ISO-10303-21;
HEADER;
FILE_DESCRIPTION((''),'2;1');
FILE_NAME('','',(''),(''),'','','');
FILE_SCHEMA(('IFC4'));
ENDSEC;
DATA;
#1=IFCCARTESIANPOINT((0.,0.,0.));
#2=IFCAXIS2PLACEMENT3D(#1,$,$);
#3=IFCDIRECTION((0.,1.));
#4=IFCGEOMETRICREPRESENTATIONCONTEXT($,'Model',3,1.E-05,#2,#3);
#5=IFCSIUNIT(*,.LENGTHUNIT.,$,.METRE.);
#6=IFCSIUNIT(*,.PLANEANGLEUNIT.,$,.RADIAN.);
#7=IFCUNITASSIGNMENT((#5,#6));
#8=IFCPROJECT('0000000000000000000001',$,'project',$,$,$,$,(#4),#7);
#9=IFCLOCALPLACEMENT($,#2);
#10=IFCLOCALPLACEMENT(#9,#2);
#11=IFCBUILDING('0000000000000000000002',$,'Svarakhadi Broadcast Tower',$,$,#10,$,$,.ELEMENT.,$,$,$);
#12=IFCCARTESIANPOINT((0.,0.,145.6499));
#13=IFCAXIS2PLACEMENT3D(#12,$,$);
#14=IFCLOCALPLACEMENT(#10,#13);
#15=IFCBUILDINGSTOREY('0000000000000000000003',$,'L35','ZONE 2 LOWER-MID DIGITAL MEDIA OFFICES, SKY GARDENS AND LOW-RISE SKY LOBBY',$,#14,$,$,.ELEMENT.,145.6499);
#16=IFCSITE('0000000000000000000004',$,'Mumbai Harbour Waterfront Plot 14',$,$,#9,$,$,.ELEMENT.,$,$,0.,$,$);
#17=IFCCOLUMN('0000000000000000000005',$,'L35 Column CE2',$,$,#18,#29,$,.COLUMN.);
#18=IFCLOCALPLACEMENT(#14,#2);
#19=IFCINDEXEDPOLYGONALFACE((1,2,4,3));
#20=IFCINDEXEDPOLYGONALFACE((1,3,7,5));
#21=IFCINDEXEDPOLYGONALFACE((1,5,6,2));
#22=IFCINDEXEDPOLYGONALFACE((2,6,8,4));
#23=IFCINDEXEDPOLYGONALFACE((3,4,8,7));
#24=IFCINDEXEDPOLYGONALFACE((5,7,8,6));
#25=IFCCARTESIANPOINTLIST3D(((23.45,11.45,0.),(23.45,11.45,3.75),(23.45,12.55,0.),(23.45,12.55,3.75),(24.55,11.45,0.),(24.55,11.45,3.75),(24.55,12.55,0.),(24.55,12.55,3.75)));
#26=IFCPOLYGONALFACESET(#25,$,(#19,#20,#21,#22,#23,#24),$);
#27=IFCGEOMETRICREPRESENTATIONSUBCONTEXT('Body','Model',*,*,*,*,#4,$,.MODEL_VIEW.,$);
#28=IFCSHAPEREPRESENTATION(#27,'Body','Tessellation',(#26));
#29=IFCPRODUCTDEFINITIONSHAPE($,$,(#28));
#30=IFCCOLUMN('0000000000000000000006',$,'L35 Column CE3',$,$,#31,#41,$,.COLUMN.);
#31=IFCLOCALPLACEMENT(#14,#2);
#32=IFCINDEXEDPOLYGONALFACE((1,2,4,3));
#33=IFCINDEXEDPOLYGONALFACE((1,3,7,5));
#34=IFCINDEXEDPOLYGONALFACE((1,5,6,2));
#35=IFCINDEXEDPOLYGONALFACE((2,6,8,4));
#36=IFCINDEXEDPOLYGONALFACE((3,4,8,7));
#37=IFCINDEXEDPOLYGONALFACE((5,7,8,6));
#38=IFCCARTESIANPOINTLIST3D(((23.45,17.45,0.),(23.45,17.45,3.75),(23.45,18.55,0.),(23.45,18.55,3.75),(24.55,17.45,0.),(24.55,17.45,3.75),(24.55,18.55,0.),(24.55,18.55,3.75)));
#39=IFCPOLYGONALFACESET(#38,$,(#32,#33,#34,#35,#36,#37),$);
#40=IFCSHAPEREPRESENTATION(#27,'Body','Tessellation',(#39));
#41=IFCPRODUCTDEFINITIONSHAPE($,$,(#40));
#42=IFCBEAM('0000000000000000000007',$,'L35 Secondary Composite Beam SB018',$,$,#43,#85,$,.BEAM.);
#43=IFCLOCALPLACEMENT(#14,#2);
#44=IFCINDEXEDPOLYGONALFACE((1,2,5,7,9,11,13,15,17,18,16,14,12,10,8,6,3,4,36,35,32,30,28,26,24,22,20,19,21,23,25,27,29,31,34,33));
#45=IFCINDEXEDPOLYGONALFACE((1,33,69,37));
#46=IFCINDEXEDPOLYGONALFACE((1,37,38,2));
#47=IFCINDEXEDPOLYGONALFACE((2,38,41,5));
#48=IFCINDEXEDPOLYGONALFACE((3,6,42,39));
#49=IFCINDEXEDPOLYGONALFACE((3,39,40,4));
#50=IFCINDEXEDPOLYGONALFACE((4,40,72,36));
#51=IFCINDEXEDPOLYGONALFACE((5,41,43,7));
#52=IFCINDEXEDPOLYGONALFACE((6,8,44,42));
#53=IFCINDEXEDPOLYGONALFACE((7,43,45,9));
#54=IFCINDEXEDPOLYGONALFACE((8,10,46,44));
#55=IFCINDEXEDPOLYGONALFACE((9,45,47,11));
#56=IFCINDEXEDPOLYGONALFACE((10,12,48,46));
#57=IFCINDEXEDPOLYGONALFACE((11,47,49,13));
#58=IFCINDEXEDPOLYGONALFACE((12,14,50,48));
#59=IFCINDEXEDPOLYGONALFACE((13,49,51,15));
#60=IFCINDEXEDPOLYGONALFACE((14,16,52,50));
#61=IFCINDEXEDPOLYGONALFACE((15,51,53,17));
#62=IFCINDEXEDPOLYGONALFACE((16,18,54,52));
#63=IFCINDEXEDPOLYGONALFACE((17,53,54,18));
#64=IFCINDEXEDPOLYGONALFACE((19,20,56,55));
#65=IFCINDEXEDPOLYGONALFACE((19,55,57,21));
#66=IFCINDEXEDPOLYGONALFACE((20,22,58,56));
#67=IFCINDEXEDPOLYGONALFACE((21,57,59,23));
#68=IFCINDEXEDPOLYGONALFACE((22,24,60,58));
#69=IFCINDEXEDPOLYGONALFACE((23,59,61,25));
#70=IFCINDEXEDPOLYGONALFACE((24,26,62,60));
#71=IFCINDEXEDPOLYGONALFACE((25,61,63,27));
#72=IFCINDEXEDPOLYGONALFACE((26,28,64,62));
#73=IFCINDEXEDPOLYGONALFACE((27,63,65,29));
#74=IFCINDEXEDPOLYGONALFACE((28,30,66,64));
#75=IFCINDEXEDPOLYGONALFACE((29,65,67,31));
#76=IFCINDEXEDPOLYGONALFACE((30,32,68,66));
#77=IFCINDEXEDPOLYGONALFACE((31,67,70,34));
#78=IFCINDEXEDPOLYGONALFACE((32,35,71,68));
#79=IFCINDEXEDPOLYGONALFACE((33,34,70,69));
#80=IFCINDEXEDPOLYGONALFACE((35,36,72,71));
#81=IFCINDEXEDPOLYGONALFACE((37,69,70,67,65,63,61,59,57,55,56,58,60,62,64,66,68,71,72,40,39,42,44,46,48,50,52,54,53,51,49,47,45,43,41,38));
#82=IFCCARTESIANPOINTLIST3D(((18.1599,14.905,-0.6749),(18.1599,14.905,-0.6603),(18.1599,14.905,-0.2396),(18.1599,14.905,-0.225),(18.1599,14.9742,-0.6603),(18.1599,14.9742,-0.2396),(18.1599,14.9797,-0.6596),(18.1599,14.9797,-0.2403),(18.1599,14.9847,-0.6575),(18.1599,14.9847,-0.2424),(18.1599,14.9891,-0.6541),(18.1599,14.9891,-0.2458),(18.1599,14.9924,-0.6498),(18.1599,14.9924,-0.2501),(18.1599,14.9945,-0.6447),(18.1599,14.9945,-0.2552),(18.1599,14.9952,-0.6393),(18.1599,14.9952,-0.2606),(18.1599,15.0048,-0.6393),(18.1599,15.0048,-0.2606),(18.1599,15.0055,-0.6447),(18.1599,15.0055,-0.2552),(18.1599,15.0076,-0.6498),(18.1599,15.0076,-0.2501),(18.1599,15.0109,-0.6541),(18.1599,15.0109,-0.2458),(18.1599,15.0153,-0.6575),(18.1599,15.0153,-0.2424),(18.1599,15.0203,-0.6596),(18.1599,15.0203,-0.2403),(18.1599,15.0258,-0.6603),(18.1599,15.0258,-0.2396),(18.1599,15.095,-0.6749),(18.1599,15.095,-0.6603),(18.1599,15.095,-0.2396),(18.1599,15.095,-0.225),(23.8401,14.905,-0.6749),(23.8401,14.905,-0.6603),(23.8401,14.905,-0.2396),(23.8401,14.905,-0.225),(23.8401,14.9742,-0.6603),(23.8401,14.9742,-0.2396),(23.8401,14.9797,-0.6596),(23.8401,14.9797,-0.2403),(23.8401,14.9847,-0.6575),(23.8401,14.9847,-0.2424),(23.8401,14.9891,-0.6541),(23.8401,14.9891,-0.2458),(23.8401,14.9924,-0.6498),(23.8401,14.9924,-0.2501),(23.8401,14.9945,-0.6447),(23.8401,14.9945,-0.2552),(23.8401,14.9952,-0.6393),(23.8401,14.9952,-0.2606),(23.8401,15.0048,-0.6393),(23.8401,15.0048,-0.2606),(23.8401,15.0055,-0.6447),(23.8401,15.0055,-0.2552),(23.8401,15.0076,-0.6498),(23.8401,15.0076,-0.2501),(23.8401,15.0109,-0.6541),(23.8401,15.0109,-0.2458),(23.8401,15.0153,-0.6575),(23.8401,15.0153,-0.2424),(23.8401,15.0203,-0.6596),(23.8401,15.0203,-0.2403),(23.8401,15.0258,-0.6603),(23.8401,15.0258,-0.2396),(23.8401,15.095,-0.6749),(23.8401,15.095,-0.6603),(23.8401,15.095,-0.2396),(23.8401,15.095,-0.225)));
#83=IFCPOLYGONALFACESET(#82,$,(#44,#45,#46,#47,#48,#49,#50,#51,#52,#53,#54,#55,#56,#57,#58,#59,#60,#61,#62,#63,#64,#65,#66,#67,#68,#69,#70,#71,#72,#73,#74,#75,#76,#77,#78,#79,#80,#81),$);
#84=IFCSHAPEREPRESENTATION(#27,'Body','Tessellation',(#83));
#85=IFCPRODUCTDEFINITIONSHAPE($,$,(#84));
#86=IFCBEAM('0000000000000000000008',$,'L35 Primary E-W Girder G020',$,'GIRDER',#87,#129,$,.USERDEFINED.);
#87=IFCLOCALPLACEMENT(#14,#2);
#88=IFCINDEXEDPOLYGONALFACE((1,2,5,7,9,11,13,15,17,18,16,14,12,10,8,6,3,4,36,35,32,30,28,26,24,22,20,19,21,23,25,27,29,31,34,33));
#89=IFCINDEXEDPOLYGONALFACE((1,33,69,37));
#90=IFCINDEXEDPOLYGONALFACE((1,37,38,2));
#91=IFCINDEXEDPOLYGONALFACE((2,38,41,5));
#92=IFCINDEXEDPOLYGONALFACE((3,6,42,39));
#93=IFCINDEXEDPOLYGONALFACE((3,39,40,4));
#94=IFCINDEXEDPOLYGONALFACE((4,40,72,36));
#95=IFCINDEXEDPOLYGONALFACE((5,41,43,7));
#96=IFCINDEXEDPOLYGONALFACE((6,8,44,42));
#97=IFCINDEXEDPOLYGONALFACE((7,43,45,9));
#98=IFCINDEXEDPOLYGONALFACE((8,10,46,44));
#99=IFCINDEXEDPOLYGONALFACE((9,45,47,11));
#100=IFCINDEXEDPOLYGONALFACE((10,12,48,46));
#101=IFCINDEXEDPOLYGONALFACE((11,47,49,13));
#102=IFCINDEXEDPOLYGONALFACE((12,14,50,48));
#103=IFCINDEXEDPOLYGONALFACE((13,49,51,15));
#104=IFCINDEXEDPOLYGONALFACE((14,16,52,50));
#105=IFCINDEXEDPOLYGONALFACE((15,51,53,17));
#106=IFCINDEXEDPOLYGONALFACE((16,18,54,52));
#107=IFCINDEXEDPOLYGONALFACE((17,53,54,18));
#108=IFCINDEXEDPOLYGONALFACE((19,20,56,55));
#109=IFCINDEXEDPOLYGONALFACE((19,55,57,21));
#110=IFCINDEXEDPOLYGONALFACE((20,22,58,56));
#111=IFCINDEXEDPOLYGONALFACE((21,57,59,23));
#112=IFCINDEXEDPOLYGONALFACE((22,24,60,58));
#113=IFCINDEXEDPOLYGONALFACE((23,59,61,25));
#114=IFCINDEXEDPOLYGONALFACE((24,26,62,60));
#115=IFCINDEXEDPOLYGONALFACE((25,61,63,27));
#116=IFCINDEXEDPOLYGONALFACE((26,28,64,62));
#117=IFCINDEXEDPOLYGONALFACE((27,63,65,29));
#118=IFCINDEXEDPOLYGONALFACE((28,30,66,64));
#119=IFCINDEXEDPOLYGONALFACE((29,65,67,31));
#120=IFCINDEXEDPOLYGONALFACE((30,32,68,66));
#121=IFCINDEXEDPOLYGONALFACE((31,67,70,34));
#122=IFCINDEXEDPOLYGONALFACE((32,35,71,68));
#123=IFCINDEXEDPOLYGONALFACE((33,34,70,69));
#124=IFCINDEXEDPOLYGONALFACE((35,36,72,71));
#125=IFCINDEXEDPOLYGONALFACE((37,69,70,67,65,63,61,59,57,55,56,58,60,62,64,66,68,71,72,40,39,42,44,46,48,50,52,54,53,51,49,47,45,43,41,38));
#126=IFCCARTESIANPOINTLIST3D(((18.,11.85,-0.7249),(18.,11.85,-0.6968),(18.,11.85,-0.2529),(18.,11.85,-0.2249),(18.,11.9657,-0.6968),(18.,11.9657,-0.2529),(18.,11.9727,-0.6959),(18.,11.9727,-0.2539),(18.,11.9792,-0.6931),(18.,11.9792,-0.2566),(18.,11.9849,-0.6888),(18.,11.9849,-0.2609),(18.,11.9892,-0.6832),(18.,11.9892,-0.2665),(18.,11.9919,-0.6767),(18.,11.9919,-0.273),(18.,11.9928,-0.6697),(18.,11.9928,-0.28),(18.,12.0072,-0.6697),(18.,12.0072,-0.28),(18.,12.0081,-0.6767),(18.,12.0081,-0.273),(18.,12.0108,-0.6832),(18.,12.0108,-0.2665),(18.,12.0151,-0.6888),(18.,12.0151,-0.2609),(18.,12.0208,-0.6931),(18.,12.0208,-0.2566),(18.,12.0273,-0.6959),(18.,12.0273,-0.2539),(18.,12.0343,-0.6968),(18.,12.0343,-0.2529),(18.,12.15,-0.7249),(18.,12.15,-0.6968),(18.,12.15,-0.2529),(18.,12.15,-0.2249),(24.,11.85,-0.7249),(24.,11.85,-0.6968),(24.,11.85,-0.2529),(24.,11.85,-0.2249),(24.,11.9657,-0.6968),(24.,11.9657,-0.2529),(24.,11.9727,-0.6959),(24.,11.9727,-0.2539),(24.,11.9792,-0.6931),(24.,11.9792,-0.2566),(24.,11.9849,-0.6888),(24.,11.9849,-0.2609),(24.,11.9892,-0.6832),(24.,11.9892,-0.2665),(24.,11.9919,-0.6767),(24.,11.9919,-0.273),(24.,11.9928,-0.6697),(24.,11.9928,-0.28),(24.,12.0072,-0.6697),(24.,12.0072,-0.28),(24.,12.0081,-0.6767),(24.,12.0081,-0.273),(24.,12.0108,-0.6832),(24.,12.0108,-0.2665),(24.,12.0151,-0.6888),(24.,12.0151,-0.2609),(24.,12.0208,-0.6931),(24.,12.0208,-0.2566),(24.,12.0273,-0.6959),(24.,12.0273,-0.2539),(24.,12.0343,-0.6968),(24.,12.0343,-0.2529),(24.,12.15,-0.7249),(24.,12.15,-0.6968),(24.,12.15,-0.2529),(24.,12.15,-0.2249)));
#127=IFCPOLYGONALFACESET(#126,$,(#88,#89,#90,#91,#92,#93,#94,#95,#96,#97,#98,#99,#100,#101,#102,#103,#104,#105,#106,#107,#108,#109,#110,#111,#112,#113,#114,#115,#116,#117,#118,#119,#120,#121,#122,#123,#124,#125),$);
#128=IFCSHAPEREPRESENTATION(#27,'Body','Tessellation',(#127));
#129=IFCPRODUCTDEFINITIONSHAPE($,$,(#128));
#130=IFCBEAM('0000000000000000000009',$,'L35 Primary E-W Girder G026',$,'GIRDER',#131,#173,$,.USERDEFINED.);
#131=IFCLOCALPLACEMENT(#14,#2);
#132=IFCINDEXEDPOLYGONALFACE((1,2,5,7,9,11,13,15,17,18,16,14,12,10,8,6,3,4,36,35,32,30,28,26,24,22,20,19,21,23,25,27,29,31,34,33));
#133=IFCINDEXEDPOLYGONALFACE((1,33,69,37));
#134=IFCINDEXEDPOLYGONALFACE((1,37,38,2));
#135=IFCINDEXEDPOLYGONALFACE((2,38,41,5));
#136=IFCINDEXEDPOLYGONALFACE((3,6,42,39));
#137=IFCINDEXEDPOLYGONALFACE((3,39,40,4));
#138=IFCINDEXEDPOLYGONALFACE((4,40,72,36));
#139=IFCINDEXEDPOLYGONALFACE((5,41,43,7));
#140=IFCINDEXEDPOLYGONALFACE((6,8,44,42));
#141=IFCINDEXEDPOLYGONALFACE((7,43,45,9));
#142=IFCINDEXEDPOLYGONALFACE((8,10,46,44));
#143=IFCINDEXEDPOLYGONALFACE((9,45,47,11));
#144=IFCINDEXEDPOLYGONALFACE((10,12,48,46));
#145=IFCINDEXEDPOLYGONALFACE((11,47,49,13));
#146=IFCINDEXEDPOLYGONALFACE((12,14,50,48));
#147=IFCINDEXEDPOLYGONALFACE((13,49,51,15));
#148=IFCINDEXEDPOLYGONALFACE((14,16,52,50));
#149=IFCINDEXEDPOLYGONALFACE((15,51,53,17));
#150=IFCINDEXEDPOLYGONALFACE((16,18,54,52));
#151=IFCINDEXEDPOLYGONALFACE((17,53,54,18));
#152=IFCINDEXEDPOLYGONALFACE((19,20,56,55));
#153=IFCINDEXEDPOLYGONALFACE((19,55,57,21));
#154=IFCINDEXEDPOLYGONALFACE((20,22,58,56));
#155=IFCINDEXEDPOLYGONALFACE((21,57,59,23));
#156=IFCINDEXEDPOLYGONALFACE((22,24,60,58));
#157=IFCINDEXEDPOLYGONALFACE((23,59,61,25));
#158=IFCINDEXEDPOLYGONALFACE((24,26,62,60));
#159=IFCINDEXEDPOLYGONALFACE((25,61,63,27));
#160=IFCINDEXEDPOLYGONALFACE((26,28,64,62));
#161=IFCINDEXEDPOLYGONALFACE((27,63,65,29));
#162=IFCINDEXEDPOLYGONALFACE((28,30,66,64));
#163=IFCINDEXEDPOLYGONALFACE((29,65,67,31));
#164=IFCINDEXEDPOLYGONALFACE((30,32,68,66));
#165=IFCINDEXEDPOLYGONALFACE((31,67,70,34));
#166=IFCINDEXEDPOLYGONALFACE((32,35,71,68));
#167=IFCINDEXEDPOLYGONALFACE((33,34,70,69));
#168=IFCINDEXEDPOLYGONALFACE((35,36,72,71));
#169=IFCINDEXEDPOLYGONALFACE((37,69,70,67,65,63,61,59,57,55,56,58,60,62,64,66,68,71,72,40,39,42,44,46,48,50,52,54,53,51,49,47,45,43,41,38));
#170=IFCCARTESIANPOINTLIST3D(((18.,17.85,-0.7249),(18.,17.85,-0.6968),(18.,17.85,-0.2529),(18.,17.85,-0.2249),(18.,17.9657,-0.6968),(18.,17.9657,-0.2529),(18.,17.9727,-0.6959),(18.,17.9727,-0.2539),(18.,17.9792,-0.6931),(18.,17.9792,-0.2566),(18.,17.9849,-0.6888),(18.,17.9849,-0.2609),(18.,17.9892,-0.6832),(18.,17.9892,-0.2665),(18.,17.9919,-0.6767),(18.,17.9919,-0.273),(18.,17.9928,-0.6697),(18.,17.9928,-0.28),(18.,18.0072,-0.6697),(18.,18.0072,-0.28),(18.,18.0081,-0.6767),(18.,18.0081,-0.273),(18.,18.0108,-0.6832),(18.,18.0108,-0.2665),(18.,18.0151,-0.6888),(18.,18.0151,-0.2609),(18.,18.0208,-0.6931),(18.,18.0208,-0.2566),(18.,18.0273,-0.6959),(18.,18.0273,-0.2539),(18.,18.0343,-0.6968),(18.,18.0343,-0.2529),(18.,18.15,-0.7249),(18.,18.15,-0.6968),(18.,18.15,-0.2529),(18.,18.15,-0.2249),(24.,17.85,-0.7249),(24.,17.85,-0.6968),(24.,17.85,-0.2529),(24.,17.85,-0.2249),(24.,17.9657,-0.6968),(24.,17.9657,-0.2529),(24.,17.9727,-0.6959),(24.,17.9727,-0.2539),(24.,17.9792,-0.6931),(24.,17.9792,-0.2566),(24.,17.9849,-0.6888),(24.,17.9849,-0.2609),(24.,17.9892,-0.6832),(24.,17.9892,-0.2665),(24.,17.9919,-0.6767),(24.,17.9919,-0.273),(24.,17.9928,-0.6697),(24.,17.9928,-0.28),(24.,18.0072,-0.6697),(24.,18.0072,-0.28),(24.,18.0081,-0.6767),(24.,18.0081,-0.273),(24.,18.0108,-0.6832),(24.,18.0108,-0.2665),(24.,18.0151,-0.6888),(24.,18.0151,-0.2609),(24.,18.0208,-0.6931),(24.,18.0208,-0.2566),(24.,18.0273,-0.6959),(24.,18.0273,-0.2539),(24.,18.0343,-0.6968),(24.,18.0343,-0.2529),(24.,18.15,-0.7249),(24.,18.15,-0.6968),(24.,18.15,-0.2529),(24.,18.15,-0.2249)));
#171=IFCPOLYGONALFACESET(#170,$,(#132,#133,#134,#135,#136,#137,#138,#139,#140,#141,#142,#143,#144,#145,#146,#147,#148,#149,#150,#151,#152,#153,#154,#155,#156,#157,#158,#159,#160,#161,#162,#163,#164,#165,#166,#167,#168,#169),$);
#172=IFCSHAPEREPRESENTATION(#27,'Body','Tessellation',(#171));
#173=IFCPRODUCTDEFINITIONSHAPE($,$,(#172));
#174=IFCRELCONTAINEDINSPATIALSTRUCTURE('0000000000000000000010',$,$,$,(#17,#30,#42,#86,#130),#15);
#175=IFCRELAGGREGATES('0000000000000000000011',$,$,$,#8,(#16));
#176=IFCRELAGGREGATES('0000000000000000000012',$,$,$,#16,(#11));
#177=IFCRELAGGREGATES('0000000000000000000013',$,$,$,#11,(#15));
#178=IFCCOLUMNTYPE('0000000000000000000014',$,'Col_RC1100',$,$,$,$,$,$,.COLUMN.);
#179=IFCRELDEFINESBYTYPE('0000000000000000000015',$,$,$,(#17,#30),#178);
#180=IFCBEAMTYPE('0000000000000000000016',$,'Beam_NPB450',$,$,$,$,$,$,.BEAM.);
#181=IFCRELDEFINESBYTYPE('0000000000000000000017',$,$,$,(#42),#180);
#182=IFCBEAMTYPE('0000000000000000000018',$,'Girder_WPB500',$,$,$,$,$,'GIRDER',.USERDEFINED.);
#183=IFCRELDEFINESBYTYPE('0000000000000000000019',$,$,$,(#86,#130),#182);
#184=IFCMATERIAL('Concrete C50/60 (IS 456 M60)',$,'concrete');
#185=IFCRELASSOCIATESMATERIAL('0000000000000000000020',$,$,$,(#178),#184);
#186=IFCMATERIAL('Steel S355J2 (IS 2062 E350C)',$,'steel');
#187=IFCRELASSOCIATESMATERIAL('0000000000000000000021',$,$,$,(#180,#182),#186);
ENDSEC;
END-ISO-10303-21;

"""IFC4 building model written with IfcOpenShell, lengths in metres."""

from ifc_helpers import new_model, si_unit, direction, frame, origin, origin_2d, place, context, subcontext, project, spatial, rectangle, i_section, extrude, material, material_profile, profile_set, type_object, element, save


model = new_model("IFC4")

# Units and contexts
model_context = context("Model", 3, precision=1e-05, world=origin(), true_north=direction((0.0, 1.0)))
body_context = subcontext(model_context, "Body", "Model", "MODEL_VIEW")
ifc_project = project(units=[si_unit("LENGTHUNIT", "METRE"), si_unit("PLANEANGLEUNIT", "RADIAN")], contexts=[model_context])

# Site, building, storey
site_placement = place(None, origin())
site = spatial("IfcSite", under=ifc_project, at=site_placement, Name="Mumbai Harbour Waterfront Plot 14", CompositionType="ELEMENT", RefElevation=0.0)
building_placement = place(site_placement, origin())
building = spatial("IfcBuilding", under=site, at=building_placement, Name="Svarakhadi Broadcast Tower", CompositionType="ELEMENT")
storey_placement = place(building_placement, frame((0.0, 0.0, 145.6499)))
storey = spatial("IfcBuildingStorey", under=building, at=storey_placement, Name="L35", Description="ZONE 2 LOWER-MID DIGITAL MEDIA OFFICES, SKY GARDENS AND LOW-RISE SKY LOBBY", CompositionType="ELEMENT", Elevation=145.6499)

# Columns
ifc_material_1 = material(Name="Concrete C50/60 (IS 456 M60)", Category="concrete")
ifc_material_profile_1 = material_profile(ifc_material_1, rectangle(XDim=1.1001, YDim=1.1001, at=origin_2d()), Name="RC 1100x1100")
ifc_profile_set_1 = profile_set([ifc_material_profile_1], Name="Concrete C50/60 (IS 456 M60)")
column_type = type_object("IfcColumnType", Name="Col_RC1100", PredefinedType="COLUMN", material=ifc_profile_set_1)
for number, where, z_axis, x_axis, name in (
    (1, (24.0, 12.0, 0.0), (0.0, 0.0, 1.0), (1.0, 0.0, 0.0), "L35 Column CE2"),
    (2, (24.0, 18.0, 0.0), (0.0, 0.0, 1.0), (1.0, 0.0, 0.0), "L35 Column CE3"),
):
    element("IfcColumn", number, at=place(storey_placement, frame(where, z_axis=z_axis, x_axis=x_axis)), inside=storey, type_object=column_type, Name=name, PredefinedType="COLUMN", context=body_context, shape_type="SweptSolid", body=[
        extrude(rectangle(XDim=1.1001, YDim=1.1001, at=origin_2d()), origin(), (0.0, 0.0, 1.0), 3.75),
    ])

# Beams
ifc_material_2 = material(Name="Steel S355J2 (IS 2062 E350C)", Category="steel")
ifc_material_profile_2 = material_profile(ifc_material_2, i_section(OverallWidth=0.1899, OverallDepth=0.45, WebThickness=0.0095, FlangeThickness=0.0146, FilletRadius=0.021, at=origin_2d()), Name="NPB 450x190x78")
ifc_profile_set_2 = profile_set([ifc_material_profile_2], Name="Steel S355J2 (IS 2062 E350C)")
beam_type_1 = type_object("IfcBeamType", Name="Beam_NPB450", PredefinedType="BEAM", material=ifc_profile_set_2)
beam_placement = place(storey_placement, frame((18.1599, 15.0, -0.45), z_axis=(1.0, 0.0, 0.0), x_axis=(0.0, 1.0, 0.0)))
element("IfcBeam", 3, at=beam_placement, inside=storey, type_object=beam_type_1, Name="L35 Secondary Composite Beam SB018", PredefinedType="BEAM", context=body_context, shape_type="SweptSolid", body=[
    extrude(i_section(OverallWidth=0.1899, OverallDepth=0.45, WebThickness=0.0095, FlangeThickness=0.0146, FilletRadius=0.021, at=origin_2d()), origin(), (0.0, 0.0, 1.0), 5.6802),
])
ifc_material_profile_3 = material_profile(ifc_material_2, i_section(OverallWidth=0.3, OverallDepth=0.5, WebThickness=0.0144, FlangeThickness=0.0281, FilletRadius=0.0271, at=origin_2d()), Name="WPB 500x300x187")
ifc_profile_set_3 = profile_set([ifc_material_profile_3], Name="Steel S355J2 (IS 2062 E350C)")
beam_type_2 = type_object("IfcBeamType", Name="Girder_WPB500", ElementType="GIRDER", PredefinedType="USERDEFINED", material=ifc_profile_set_3)
for number, where, z_axis, x_axis, name in (
    (4, (18.0, 12.0, -0.4749), (1.0, 0.0, 0.0), (0.0, 1.0, 0.0), "L35 Primary E-W Girder G020"),
    (5, (18.0, 18.0, -0.4749), (1.0, 0.0, 0.0), (0.0, 1.0, 0.0), "L35 Primary E-W Girder G026"),
):
    element("IfcBeam", number, at=place(storey_placement, frame(where, z_axis=z_axis, x_axis=x_axis)), inside=storey, type_object=beam_type_2, Name=name, ObjectType="GIRDER", PredefinedType="USERDEFINED", context=body_context, shape_type="SweptSolid", body=[
        extrude(i_section(OverallWidth=0.3, OverallDepth=0.5, WebThickness=0.0144, FlangeThickness=0.0281, FilletRadius=0.0271, at=origin_2d()), origin(), (0.0, 0.0, 1.0), 6.0),
    ])

save(model, "model.ifc")
